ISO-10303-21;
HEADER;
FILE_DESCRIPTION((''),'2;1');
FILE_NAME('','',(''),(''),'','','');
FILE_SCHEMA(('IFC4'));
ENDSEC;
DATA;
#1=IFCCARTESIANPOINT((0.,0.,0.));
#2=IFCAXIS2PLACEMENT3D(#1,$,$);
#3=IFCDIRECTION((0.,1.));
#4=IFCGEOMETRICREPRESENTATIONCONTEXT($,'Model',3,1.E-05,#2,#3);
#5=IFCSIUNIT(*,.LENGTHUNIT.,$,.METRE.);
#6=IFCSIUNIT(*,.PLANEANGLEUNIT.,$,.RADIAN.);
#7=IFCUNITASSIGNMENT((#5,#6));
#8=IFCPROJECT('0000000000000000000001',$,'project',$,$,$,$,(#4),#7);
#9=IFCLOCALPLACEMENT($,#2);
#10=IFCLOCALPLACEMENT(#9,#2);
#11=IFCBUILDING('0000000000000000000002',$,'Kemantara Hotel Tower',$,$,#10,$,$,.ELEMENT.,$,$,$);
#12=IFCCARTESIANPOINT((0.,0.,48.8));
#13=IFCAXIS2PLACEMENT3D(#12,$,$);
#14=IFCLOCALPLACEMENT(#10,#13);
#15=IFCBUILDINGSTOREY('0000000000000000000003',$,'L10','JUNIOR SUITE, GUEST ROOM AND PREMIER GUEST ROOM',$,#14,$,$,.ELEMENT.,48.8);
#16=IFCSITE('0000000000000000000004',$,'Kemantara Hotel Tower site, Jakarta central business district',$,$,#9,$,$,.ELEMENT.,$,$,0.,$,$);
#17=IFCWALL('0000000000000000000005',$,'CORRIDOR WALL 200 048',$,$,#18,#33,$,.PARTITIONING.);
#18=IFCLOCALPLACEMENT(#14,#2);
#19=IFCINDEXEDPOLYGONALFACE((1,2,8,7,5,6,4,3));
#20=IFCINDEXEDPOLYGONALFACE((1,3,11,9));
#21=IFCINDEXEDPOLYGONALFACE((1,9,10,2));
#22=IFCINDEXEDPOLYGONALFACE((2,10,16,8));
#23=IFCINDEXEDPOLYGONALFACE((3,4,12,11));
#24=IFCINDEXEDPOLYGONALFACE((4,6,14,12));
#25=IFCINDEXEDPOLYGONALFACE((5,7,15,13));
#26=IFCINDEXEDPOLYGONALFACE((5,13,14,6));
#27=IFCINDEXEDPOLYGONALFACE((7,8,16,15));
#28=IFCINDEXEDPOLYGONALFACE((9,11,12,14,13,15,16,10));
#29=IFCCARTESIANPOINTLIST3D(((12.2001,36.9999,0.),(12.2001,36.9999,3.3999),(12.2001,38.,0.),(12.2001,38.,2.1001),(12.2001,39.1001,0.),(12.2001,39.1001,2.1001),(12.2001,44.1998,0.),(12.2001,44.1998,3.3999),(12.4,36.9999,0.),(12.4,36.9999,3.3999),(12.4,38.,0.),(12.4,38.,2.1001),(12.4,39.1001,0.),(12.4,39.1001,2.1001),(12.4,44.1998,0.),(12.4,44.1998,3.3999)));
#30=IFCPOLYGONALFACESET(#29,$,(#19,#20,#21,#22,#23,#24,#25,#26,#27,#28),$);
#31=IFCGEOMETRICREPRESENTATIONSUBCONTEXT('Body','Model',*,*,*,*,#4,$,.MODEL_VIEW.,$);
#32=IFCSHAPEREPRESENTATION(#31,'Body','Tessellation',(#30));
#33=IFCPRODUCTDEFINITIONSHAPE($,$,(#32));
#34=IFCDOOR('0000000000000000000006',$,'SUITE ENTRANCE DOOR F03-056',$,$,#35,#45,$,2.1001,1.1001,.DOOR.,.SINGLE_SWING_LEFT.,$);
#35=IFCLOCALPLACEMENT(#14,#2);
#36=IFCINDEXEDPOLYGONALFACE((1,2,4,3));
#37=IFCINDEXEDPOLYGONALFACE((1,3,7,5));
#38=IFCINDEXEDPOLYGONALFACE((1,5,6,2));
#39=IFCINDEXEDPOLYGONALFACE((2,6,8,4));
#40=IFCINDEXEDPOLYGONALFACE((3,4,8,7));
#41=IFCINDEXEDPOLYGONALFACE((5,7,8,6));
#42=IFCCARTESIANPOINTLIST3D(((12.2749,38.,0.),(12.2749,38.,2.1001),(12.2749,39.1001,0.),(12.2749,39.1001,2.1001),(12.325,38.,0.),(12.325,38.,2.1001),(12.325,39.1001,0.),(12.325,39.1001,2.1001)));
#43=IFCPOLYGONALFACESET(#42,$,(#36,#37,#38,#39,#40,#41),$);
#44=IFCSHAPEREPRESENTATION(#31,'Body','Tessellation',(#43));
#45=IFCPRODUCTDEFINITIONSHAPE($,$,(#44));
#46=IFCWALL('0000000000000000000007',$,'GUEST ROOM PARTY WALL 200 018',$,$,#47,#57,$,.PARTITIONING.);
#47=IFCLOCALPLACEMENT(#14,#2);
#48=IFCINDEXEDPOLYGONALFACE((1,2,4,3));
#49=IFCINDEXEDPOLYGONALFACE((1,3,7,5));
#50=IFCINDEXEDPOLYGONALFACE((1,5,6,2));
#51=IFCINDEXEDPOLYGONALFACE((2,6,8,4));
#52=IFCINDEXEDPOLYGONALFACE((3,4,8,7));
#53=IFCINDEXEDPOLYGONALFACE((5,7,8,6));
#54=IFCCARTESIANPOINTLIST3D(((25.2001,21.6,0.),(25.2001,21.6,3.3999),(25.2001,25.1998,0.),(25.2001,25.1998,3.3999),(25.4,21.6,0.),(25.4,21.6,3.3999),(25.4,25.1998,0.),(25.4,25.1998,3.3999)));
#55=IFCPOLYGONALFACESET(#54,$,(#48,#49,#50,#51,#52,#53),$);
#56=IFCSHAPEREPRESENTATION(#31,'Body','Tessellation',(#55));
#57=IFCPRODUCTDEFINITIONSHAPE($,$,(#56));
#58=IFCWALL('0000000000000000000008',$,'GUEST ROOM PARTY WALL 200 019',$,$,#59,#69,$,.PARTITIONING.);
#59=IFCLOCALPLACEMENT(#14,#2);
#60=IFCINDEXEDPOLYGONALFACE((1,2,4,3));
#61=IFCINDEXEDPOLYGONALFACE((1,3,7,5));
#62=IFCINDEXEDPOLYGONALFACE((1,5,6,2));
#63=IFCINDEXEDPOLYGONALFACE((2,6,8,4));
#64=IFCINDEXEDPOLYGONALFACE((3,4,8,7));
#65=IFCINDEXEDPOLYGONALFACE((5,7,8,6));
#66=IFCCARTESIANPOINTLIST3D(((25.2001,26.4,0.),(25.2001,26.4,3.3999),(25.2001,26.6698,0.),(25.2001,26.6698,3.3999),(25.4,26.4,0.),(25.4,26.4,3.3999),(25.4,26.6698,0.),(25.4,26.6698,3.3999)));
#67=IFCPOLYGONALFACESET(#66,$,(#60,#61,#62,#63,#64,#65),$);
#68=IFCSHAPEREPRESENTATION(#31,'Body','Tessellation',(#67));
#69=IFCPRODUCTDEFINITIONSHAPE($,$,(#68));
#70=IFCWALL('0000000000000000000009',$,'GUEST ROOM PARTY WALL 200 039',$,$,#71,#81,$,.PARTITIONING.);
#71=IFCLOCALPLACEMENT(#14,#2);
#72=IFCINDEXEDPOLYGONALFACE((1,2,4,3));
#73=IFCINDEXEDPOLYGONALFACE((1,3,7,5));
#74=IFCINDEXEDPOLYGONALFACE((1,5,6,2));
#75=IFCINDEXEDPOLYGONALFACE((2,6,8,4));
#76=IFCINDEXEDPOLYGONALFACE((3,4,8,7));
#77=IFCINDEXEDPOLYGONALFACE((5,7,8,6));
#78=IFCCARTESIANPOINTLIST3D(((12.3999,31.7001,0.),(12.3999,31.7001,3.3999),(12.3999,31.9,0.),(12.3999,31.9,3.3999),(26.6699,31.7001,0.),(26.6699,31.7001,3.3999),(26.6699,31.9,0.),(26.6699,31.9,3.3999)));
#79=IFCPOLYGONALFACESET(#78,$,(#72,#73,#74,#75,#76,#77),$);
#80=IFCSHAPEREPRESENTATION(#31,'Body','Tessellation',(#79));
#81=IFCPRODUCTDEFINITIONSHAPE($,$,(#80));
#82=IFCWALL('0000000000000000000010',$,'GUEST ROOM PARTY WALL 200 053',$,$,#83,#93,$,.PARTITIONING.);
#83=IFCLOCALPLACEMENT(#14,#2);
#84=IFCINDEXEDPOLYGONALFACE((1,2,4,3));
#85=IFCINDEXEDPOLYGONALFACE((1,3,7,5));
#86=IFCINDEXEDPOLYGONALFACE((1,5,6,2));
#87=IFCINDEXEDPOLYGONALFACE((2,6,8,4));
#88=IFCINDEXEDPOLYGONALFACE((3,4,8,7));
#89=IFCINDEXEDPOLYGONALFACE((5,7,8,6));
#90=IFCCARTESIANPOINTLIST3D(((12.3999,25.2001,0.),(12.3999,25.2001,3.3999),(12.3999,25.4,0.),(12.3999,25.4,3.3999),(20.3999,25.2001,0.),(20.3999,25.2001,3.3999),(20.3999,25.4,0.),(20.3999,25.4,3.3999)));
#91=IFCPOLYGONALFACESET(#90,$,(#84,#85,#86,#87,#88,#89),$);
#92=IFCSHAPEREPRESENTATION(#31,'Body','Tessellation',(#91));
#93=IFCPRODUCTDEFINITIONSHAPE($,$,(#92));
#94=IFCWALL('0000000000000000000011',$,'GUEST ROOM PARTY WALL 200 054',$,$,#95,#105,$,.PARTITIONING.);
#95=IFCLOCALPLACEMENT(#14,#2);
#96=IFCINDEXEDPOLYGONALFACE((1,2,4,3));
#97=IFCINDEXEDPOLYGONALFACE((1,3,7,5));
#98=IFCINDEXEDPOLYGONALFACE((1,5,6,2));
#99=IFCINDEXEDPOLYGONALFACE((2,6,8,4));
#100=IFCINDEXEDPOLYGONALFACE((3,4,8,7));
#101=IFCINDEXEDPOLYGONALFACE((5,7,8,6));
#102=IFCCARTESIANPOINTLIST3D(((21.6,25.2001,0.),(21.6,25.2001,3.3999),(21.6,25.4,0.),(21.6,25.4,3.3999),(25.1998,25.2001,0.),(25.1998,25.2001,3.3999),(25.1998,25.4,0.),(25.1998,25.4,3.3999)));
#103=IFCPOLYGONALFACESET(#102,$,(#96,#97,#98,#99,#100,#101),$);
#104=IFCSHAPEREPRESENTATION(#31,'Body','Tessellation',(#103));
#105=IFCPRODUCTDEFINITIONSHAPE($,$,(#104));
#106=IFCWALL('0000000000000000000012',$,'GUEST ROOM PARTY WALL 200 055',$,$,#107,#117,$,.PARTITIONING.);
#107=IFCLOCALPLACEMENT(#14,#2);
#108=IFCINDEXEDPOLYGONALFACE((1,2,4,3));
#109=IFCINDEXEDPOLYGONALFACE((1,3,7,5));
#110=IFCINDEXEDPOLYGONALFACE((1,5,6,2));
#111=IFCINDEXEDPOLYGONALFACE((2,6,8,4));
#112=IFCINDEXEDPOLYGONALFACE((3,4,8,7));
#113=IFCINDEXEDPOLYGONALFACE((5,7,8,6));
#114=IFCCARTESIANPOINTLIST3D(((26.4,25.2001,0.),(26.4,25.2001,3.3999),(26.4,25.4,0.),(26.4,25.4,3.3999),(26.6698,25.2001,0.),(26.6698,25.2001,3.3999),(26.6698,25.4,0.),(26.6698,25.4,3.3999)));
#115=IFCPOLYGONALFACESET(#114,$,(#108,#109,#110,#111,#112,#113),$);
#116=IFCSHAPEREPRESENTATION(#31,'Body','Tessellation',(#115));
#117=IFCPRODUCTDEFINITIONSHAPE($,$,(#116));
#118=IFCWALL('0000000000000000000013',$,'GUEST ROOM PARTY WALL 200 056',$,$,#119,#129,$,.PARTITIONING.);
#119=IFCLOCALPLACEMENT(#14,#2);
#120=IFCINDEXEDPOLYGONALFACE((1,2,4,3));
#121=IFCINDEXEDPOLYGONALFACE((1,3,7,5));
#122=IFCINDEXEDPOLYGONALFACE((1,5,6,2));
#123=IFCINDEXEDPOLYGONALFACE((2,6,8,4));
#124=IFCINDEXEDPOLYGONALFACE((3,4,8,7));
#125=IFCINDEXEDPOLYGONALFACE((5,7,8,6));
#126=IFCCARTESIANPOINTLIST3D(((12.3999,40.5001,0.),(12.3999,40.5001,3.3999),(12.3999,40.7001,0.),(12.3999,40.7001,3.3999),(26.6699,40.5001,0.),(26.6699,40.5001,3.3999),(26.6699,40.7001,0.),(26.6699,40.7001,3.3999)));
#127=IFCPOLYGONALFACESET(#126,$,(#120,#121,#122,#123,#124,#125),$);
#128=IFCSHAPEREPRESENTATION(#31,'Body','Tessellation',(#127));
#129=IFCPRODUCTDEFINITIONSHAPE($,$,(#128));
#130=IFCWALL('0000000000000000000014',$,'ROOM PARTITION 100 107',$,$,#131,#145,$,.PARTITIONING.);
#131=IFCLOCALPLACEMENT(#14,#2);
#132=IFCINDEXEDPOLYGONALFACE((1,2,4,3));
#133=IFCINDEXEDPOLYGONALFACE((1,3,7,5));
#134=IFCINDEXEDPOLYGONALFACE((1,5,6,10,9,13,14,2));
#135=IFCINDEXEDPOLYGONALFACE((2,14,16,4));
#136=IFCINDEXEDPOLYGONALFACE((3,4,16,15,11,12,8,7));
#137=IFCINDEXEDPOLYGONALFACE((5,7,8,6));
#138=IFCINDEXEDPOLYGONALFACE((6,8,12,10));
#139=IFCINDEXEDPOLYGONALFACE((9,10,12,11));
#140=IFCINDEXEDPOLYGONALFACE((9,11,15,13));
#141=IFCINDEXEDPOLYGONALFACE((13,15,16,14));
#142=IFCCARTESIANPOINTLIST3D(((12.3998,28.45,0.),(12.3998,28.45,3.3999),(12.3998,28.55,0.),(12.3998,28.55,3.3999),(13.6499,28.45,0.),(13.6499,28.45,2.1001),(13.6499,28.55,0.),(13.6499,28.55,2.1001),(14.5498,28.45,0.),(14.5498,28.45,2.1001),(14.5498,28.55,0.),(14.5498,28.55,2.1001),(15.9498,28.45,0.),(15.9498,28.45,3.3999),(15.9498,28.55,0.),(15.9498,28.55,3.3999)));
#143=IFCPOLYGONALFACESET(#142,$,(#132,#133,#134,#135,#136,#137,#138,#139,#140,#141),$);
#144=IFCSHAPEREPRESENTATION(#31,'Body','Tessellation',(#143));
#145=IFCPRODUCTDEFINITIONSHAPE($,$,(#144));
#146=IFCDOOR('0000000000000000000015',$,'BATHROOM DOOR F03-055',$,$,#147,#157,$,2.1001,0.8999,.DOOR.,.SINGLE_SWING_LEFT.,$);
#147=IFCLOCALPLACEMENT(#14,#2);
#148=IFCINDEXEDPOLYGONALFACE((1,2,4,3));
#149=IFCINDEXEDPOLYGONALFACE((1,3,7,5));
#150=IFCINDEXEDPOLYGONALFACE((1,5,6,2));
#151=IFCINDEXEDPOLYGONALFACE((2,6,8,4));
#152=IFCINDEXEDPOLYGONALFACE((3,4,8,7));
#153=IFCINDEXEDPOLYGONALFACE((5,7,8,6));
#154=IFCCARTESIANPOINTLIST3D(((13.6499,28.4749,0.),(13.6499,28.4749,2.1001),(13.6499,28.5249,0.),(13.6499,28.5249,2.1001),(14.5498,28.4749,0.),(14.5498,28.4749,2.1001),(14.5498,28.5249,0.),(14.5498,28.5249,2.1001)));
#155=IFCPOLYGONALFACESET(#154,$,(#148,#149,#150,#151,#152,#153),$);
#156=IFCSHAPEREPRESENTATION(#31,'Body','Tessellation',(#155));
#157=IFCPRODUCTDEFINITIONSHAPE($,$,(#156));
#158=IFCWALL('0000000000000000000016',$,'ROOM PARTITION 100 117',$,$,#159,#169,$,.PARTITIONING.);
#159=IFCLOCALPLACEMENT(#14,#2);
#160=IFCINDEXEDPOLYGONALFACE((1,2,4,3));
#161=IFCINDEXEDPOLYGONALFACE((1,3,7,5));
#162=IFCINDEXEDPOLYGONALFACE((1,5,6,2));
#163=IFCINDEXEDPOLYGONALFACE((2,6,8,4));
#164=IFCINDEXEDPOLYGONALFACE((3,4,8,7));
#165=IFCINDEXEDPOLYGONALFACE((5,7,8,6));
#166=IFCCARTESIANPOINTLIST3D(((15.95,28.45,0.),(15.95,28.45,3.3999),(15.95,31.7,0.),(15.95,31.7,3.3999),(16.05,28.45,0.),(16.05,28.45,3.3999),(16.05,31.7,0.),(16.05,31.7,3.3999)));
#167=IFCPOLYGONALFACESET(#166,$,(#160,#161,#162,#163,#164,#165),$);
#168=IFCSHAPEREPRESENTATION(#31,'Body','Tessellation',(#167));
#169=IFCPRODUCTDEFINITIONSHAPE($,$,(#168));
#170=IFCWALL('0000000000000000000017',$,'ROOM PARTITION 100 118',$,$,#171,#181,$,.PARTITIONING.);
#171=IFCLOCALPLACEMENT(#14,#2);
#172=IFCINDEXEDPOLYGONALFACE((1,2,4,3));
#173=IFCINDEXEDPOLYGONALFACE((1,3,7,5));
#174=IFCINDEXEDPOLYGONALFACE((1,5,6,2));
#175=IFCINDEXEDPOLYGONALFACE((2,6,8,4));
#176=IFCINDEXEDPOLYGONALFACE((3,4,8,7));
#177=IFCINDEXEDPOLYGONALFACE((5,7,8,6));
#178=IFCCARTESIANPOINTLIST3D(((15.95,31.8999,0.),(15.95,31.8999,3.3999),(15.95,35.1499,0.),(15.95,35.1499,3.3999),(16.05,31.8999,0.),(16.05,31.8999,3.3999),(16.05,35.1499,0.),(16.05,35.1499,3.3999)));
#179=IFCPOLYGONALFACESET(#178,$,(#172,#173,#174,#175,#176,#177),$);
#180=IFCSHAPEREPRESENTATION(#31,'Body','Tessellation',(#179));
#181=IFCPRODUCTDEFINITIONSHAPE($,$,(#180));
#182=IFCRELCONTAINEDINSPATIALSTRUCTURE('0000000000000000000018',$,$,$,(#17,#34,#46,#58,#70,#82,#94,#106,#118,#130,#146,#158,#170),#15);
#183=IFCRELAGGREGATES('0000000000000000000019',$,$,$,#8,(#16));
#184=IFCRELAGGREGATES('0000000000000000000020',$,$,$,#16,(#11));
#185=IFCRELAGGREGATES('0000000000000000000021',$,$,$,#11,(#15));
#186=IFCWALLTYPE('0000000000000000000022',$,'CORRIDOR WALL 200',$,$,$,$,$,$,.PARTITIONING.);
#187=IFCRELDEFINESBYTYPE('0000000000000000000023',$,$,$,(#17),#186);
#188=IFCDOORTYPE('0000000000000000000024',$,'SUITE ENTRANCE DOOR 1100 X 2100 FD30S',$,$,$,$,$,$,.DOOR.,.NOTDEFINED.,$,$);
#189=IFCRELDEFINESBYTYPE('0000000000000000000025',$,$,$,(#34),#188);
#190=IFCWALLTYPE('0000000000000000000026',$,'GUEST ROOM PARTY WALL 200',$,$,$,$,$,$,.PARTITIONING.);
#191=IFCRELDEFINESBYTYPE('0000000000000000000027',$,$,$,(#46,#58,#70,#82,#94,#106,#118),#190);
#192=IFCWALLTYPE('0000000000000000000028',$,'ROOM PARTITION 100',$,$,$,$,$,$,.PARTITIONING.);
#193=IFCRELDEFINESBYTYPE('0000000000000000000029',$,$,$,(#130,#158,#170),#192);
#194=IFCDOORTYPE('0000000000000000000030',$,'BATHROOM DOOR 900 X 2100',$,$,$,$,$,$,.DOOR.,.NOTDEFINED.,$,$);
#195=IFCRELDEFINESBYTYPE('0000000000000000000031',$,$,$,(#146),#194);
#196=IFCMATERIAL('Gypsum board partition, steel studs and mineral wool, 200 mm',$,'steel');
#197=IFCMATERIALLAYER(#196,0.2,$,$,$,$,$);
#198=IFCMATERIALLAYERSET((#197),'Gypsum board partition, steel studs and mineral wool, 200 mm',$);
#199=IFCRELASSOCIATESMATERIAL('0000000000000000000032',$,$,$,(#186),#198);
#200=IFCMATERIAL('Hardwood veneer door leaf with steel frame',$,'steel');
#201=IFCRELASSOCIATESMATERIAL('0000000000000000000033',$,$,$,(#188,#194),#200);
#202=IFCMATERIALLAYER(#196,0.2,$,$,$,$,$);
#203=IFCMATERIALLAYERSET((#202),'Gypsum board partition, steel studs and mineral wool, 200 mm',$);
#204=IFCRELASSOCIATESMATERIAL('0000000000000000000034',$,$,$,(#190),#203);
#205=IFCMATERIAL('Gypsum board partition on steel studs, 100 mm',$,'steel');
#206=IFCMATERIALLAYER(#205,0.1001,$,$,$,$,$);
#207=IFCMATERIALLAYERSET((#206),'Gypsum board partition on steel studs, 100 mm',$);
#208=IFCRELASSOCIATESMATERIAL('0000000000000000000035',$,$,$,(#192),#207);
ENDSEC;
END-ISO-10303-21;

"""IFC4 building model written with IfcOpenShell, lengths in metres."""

from ifc_helpers import new_model, si_unit, direction, frame, frame_2d, origin, place, context, subcontext, project, spatial, rectangle, extrude, material, layer, layer_set, type_object, element, fill, save


model = new_model("IFC4")

# Units and contexts
model_context = context("Model", 3, precision=1e-05, world=origin(), true_north=direction((0.0, 1.0)))
body_context = subcontext(model_context, "Body", "Model", "MODEL_VIEW")
ifc_project = project(units=[si_unit("LENGTHUNIT", "METRE"), si_unit("PLANEANGLEUNIT", "RADIAN")], contexts=[model_context])

# Site, building, storey
site_placement = place(None, origin())
site = spatial("IfcSite", under=ifc_project, at=site_placement, Name="Kemantara Hotel Tower site, Jakarta central business district", CompositionType="ELEMENT", RefElevation=0.0)
building_placement = place(site_placement, origin())
building = spatial("IfcBuilding", under=site, at=building_placement, Name="Kemantara Hotel Tower", CompositionType="ELEMENT")
storey_placement = place(building_placement, frame((0.0, 0.0, 48.8)))
storey = spatial("IfcBuildingStorey", under=building, at=storey_placement, Name="L10", Description="JUNIOR SUITE, GUEST ROOM AND PREMIER GUEST ROOM", CompositionType="ELEMENT", Elevation=48.8)

# Shared definitions
ifc_material_1 = material(Name="Gypsum board partition, steel studs and mineral wool, 200 mm", Category="steel")
ifc_layer_1 = layer(ifc_material_1, 0.2)
ifc_layer_set_1 = layer_set([ifc_layer_1], Name="Gypsum board partition, steel studs and mineral wool, 200 mm")
wall_type_1 = type_object("IfcWallType", Name="CORRIDOR WALL 200", PredefinedType="PARTITIONING", material=ifc_layer_set_1)
ifc_material_2 = material(Name="Hardwood veneer door leaf with steel frame", Category="steel")
door_type_1 = type_object("IfcDoorType", Name="SUITE ENTRANCE DOOR 1100 X 2100 FD30S", OperationType="NOTDEFINED", PredefinedType="DOOR", material=ifc_material_2)

# Wall, opening, door
wall_1_placement = place(storey_placement, frame((12.3, 44.2, 0.0), z_axis=(0.0, 0.0, 1.0), x_axis=(0.0, -1.0, 0.0)))
wall_1 = element("IfcWall", 1, at=wall_1_placement, inside=storey, type_object=wall_type_1, Name="CORRIDOR WALL 200 048", PredefinedType="PARTITIONING", context=body_context, shape_type="SweptSolid", body=[
    extrude(rectangle(XDim=7.2, YDim=0.2, at=frame_2d((3.6001, 0.0))), origin(), (0.0, 0.0, 1.0), 3.3999),
])
opening_1_placement = place(wall_1_placement, frame((5.0999, 0.0, 0.0)))
opening_1 = element("IfcOpeningElement", 2, at=opening_1_placement, cuts=wall_1, PredefinedType="OPENING", context=body_context, shape_type="SweptSolid", body=[
    extrude(rectangle(XDim=1.1001, YDim=2.1001, at=frame_2d((0.55, 1.05))), frame((0.0, 0.1099, 0.0), z_axis=(0.0, -1.0, 0.0), x_axis=(1.0, 0.0, 0.0)), (0.0, 0.0, 1.0), 0.22),
])
door_1_placement = place(opening_1_placement, origin())
door_1 = element("IfcDoor", 3, at=door_1_placement, inside=storey, type_object=door_type_1, Name="SUITE ENTRANCE DOOR F03-056", OperationType="SINGLE_SWING_LEFT", OverallHeight=2.1001, OverallWidth=1.1001, PredefinedType="DOOR", context=body_context, shape_type="SweptSolid", body=[
    extrude(rectangle(XDim=1.1001, YDim=2.1001, at=frame_2d((0.55, 1.05))), frame((0.0, 0.0249, 0.0), z_axis=(0.0, -1.0, 0.0), x_axis=(1.0, 0.0, 0.0)), (0.0, 0.0, 1.0), 0.05),
])
fill(opening_1, door_1)

# Walls
ifc_layer_2 = layer(ifc_material_1, 0.2)
ifc_layer_set_2 = layer_set([ifc_layer_2], Name="Gypsum board partition, steel studs and mineral wool, 200 mm")
wall_type_2 = type_object("IfcWallType", Name="GUEST ROOM PARTY WALL 200", PredefinedType="PARTITIONING", material=ifc_layer_set_2)
wall_2_placement = place(storey_placement, frame((25.3, 21.6001, 0.0), z_axis=(0.0, 0.0, 1.0), x_axis=(0.0, 1.0, 0.0)))
element("IfcWall", 4, at=wall_2_placement, inside=storey, type_object=wall_type_2, Name="GUEST ROOM PARTY WALL 200 018", PredefinedType="PARTITIONING", context=body_context, shape_type="SweptSolid", body=[
    extrude(rectangle(XDim=3.5999, YDim=0.2, at=frame_2d((1.7998, 0.0))), origin(), (0.0, 0.0, 1.0), 3.3999),
])
wall_3_placement = place(storey_placement, frame((25.3, 26.4001, 0.0), z_axis=(0.0, 0.0, 1.0), x_axis=(0.0, 1.0, 0.0)))
element("IfcWall", 5, at=wall_3_placement, inside=storey, type_object=wall_type_2, Name="GUEST ROOM PARTY WALL 200 019", PredefinedType="PARTITIONING", context=body_context, shape_type="SweptSolid", body=[
    extrude(rectangle(XDim=0.2698, YDim=0.2, at=frame_2d((0.1348, 0.0))), origin(), (0.0, 0.0, 1.0), 3.3999),
])
wall_4_placement = place(storey_placement, frame((12.3999, 31.8, 0.0), z_axis=(0.0, 0.0, 1.0), x_axis=(1.0, 0.0, 0.0)))
element("IfcWall", 6, at=wall_4_placement, inside=storey, type_object=wall_type_2, Name="GUEST ROOM PARTY WALL 200 039", PredefinedType="PARTITIONING", context=body_context, shape_type="SweptSolid", body=[
    extrude(rectangle(XDim=14.27, YDim=0.2, at=frame_2d((7.135, 0.0))), origin(), (0.0, 0.0, 1.0), 3.3999),
])
wall_5_placement = place(storey_placement, frame((12.3999, 25.3, 0.0), z_axis=(0.0, 0.0, 1.0), x_axis=(1.0, 0.0, 0.0)))
element("IfcWall", 7, at=wall_5_placement, inside=storey, type_object=wall_type_2, Name="GUEST ROOM PARTY WALL 200 053", PredefinedType="PARTITIONING", context=body_context, shape_type="SweptSolid", body=[
    extrude(rectangle(XDim=8.0, YDim=0.2, at=frame_2d((4.0, 0.0))), origin(), (0.0, 0.0, 1.0), 3.3999),
])
wall_6_placement = place(storey_placement, frame((21.6001, 25.3, 0.0), z_axis=(0.0, 0.0, 1.0), x_axis=(1.0, 0.0, 0.0)))
element("IfcWall", 8, at=wall_6_placement, inside=storey, type_object=wall_type_2, Name="GUEST ROOM PARTY WALL 200 054", PredefinedType="PARTITIONING", context=body_context, shape_type="SweptSolid", body=[
    extrude(rectangle(XDim=3.5999, YDim=0.2, at=frame_2d((1.7998, 0.0))), origin(), (0.0, 0.0, 1.0), 3.3999),
])
wall_7_placement = place(storey_placement, frame((26.4001, 25.3, 0.0), z_axis=(0.0, 0.0, 1.0), x_axis=(1.0, 0.0, 0.0)))
element("IfcWall", 9, at=wall_7_placement, inside=storey, type_object=wall_type_2, Name="GUEST ROOM PARTY WALL 200 055", PredefinedType="PARTITIONING", context=body_context, shape_type="SweptSolid", body=[
    extrude(rectangle(XDim=0.2698, YDim=0.2, at=frame_2d((0.1348, 0.0))), origin(), (0.0, 0.0, 1.0), 3.3999),
])
wall_8_placement = place(storey_placement, frame((12.3999, 40.6001, 0.0), z_axis=(0.0, 0.0, 1.0), x_axis=(1.0, 0.0, 0.0)))
element("IfcWall", 10, at=wall_8_placement, inside=storey, type_object=wall_type_2, Name="GUEST ROOM PARTY WALL 200 056", PredefinedType="PARTITIONING", context=body_context, shape_type="SweptSolid", body=[
    extrude(rectangle(XDim=14.27, YDim=0.2, at=frame_2d((7.135, 0.0))), origin(), (0.0, 0.0, 1.0), 3.3999),
])

# Wall, opening, door
ifc_material_3 = material(Name="Gypsum board partition on steel studs, 100 mm", Category="steel")
ifc_layer_3 = layer(ifc_material_3, 0.1001)
ifc_layer_set_3 = layer_set([ifc_layer_3], Name="Gypsum board partition on steel studs, 100 mm")
wall_type_3 = type_object("IfcWallType", Name="ROOM PARTITION 100", PredefinedType="PARTITIONING", material=ifc_layer_set_3)
wall_9_placement = place(storey_placement, frame((12.3999, 28.5, 0.0), z_axis=(0.0, 0.0, 1.0), x_axis=(1.0, 0.0, 0.0)))
wall_9 = element("IfcWall", 11, at=wall_9_placement, inside=storey, type_object=wall_type_3, Name="ROOM PARTITION 100 107", PredefinedType="PARTITIONING", context=body_context, shape_type="SweptSolid", body=[
    extrude(rectangle(XDim=3.55, YDim=0.1001, at=frame_2d((1.7749, 0.0))), origin(), (0.0, 0.0, 1.0), 3.3999),
])
opening_2_placement = place(wall_9_placement, frame((1.25, 0.0, 0.0)))
opening_2 = element("IfcOpeningElement", 12, at=opening_2_placement, cuts=wall_9, PredefinedType="OPENING", context=body_context, shape_type="SweptSolid", body=[
    extrude(rectangle(XDim=0.8999, YDim=2.1001, at=frame_2d((0.45, 1.05))), frame((0.0, 0.0601, 0.0), z_axis=(0.0, -1.0, 0.0), x_axis=(1.0, 0.0, 0.0)), (0.0, 0.0, 1.0), 0.1201),
])
door_type_2 = type_object("IfcDoorType", Name="BATHROOM DOOR 900 X 2100", OperationType="NOTDEFINED", PredefinedType="DOOR", material=ifc_material_2)
door_2_placement = place(opening_2_placement, origin())
door_2 = element("IfcDoor", 13, at=door_2_placement, inside=storey, type_object=door_type_2, Name="BATHROOM DOOR F03-055", OperationType="SINGLE_SWING_LEFT", OverallHeight=2.1001, OverallWidth=0.8999, PredefinedType="DOOR", context=body_context, shape_type="SweptSolid", body=[
    extrude(rectangle(XDim=0.8999, YDim=2.1001, at=frame_2d((0.45, 1.05))), frame((0.0, 0.0249, 0.0), z_axis=(0.0, -1.0, 0.0), x_axis=(1.0, 0.0, 0.0)), (0.0, 0.0, 1.0), 0.05),
])
fill(opening_2, door_2)

# Walls
for number, where, z_axis, x_axis, name in (
    (14, (16.0, 28.45, 0.0), (0.0, 0.0, 1.0), (0.0, 1.0, 0.0), "ROOM PARTITION 100 117"),
    (15, (16.0, 31.8999, 0.0), (0.0, 0.0, 1.0), (0.0, 1.0, 0.0), "ROOM PARTITION 100 118"),
):
    element("IfcWall", number, at=place(storey_placement, frame(where, z_axis=z_axis, x_axis=x_axis)), inside=storey, type_object=wall_type_3, Name=name, PredefinedType="PARTITIONING", context=body_context, shape_type="SweptSolid", body=[
        extrude(rectangle(XDim=3.25, YDim=0.1001, at=frame_2d((1.625, 0.0))), origin(), (0.0, 0.0, 1.0), 3.3999),
    ])

save(model, "model.ifc")
